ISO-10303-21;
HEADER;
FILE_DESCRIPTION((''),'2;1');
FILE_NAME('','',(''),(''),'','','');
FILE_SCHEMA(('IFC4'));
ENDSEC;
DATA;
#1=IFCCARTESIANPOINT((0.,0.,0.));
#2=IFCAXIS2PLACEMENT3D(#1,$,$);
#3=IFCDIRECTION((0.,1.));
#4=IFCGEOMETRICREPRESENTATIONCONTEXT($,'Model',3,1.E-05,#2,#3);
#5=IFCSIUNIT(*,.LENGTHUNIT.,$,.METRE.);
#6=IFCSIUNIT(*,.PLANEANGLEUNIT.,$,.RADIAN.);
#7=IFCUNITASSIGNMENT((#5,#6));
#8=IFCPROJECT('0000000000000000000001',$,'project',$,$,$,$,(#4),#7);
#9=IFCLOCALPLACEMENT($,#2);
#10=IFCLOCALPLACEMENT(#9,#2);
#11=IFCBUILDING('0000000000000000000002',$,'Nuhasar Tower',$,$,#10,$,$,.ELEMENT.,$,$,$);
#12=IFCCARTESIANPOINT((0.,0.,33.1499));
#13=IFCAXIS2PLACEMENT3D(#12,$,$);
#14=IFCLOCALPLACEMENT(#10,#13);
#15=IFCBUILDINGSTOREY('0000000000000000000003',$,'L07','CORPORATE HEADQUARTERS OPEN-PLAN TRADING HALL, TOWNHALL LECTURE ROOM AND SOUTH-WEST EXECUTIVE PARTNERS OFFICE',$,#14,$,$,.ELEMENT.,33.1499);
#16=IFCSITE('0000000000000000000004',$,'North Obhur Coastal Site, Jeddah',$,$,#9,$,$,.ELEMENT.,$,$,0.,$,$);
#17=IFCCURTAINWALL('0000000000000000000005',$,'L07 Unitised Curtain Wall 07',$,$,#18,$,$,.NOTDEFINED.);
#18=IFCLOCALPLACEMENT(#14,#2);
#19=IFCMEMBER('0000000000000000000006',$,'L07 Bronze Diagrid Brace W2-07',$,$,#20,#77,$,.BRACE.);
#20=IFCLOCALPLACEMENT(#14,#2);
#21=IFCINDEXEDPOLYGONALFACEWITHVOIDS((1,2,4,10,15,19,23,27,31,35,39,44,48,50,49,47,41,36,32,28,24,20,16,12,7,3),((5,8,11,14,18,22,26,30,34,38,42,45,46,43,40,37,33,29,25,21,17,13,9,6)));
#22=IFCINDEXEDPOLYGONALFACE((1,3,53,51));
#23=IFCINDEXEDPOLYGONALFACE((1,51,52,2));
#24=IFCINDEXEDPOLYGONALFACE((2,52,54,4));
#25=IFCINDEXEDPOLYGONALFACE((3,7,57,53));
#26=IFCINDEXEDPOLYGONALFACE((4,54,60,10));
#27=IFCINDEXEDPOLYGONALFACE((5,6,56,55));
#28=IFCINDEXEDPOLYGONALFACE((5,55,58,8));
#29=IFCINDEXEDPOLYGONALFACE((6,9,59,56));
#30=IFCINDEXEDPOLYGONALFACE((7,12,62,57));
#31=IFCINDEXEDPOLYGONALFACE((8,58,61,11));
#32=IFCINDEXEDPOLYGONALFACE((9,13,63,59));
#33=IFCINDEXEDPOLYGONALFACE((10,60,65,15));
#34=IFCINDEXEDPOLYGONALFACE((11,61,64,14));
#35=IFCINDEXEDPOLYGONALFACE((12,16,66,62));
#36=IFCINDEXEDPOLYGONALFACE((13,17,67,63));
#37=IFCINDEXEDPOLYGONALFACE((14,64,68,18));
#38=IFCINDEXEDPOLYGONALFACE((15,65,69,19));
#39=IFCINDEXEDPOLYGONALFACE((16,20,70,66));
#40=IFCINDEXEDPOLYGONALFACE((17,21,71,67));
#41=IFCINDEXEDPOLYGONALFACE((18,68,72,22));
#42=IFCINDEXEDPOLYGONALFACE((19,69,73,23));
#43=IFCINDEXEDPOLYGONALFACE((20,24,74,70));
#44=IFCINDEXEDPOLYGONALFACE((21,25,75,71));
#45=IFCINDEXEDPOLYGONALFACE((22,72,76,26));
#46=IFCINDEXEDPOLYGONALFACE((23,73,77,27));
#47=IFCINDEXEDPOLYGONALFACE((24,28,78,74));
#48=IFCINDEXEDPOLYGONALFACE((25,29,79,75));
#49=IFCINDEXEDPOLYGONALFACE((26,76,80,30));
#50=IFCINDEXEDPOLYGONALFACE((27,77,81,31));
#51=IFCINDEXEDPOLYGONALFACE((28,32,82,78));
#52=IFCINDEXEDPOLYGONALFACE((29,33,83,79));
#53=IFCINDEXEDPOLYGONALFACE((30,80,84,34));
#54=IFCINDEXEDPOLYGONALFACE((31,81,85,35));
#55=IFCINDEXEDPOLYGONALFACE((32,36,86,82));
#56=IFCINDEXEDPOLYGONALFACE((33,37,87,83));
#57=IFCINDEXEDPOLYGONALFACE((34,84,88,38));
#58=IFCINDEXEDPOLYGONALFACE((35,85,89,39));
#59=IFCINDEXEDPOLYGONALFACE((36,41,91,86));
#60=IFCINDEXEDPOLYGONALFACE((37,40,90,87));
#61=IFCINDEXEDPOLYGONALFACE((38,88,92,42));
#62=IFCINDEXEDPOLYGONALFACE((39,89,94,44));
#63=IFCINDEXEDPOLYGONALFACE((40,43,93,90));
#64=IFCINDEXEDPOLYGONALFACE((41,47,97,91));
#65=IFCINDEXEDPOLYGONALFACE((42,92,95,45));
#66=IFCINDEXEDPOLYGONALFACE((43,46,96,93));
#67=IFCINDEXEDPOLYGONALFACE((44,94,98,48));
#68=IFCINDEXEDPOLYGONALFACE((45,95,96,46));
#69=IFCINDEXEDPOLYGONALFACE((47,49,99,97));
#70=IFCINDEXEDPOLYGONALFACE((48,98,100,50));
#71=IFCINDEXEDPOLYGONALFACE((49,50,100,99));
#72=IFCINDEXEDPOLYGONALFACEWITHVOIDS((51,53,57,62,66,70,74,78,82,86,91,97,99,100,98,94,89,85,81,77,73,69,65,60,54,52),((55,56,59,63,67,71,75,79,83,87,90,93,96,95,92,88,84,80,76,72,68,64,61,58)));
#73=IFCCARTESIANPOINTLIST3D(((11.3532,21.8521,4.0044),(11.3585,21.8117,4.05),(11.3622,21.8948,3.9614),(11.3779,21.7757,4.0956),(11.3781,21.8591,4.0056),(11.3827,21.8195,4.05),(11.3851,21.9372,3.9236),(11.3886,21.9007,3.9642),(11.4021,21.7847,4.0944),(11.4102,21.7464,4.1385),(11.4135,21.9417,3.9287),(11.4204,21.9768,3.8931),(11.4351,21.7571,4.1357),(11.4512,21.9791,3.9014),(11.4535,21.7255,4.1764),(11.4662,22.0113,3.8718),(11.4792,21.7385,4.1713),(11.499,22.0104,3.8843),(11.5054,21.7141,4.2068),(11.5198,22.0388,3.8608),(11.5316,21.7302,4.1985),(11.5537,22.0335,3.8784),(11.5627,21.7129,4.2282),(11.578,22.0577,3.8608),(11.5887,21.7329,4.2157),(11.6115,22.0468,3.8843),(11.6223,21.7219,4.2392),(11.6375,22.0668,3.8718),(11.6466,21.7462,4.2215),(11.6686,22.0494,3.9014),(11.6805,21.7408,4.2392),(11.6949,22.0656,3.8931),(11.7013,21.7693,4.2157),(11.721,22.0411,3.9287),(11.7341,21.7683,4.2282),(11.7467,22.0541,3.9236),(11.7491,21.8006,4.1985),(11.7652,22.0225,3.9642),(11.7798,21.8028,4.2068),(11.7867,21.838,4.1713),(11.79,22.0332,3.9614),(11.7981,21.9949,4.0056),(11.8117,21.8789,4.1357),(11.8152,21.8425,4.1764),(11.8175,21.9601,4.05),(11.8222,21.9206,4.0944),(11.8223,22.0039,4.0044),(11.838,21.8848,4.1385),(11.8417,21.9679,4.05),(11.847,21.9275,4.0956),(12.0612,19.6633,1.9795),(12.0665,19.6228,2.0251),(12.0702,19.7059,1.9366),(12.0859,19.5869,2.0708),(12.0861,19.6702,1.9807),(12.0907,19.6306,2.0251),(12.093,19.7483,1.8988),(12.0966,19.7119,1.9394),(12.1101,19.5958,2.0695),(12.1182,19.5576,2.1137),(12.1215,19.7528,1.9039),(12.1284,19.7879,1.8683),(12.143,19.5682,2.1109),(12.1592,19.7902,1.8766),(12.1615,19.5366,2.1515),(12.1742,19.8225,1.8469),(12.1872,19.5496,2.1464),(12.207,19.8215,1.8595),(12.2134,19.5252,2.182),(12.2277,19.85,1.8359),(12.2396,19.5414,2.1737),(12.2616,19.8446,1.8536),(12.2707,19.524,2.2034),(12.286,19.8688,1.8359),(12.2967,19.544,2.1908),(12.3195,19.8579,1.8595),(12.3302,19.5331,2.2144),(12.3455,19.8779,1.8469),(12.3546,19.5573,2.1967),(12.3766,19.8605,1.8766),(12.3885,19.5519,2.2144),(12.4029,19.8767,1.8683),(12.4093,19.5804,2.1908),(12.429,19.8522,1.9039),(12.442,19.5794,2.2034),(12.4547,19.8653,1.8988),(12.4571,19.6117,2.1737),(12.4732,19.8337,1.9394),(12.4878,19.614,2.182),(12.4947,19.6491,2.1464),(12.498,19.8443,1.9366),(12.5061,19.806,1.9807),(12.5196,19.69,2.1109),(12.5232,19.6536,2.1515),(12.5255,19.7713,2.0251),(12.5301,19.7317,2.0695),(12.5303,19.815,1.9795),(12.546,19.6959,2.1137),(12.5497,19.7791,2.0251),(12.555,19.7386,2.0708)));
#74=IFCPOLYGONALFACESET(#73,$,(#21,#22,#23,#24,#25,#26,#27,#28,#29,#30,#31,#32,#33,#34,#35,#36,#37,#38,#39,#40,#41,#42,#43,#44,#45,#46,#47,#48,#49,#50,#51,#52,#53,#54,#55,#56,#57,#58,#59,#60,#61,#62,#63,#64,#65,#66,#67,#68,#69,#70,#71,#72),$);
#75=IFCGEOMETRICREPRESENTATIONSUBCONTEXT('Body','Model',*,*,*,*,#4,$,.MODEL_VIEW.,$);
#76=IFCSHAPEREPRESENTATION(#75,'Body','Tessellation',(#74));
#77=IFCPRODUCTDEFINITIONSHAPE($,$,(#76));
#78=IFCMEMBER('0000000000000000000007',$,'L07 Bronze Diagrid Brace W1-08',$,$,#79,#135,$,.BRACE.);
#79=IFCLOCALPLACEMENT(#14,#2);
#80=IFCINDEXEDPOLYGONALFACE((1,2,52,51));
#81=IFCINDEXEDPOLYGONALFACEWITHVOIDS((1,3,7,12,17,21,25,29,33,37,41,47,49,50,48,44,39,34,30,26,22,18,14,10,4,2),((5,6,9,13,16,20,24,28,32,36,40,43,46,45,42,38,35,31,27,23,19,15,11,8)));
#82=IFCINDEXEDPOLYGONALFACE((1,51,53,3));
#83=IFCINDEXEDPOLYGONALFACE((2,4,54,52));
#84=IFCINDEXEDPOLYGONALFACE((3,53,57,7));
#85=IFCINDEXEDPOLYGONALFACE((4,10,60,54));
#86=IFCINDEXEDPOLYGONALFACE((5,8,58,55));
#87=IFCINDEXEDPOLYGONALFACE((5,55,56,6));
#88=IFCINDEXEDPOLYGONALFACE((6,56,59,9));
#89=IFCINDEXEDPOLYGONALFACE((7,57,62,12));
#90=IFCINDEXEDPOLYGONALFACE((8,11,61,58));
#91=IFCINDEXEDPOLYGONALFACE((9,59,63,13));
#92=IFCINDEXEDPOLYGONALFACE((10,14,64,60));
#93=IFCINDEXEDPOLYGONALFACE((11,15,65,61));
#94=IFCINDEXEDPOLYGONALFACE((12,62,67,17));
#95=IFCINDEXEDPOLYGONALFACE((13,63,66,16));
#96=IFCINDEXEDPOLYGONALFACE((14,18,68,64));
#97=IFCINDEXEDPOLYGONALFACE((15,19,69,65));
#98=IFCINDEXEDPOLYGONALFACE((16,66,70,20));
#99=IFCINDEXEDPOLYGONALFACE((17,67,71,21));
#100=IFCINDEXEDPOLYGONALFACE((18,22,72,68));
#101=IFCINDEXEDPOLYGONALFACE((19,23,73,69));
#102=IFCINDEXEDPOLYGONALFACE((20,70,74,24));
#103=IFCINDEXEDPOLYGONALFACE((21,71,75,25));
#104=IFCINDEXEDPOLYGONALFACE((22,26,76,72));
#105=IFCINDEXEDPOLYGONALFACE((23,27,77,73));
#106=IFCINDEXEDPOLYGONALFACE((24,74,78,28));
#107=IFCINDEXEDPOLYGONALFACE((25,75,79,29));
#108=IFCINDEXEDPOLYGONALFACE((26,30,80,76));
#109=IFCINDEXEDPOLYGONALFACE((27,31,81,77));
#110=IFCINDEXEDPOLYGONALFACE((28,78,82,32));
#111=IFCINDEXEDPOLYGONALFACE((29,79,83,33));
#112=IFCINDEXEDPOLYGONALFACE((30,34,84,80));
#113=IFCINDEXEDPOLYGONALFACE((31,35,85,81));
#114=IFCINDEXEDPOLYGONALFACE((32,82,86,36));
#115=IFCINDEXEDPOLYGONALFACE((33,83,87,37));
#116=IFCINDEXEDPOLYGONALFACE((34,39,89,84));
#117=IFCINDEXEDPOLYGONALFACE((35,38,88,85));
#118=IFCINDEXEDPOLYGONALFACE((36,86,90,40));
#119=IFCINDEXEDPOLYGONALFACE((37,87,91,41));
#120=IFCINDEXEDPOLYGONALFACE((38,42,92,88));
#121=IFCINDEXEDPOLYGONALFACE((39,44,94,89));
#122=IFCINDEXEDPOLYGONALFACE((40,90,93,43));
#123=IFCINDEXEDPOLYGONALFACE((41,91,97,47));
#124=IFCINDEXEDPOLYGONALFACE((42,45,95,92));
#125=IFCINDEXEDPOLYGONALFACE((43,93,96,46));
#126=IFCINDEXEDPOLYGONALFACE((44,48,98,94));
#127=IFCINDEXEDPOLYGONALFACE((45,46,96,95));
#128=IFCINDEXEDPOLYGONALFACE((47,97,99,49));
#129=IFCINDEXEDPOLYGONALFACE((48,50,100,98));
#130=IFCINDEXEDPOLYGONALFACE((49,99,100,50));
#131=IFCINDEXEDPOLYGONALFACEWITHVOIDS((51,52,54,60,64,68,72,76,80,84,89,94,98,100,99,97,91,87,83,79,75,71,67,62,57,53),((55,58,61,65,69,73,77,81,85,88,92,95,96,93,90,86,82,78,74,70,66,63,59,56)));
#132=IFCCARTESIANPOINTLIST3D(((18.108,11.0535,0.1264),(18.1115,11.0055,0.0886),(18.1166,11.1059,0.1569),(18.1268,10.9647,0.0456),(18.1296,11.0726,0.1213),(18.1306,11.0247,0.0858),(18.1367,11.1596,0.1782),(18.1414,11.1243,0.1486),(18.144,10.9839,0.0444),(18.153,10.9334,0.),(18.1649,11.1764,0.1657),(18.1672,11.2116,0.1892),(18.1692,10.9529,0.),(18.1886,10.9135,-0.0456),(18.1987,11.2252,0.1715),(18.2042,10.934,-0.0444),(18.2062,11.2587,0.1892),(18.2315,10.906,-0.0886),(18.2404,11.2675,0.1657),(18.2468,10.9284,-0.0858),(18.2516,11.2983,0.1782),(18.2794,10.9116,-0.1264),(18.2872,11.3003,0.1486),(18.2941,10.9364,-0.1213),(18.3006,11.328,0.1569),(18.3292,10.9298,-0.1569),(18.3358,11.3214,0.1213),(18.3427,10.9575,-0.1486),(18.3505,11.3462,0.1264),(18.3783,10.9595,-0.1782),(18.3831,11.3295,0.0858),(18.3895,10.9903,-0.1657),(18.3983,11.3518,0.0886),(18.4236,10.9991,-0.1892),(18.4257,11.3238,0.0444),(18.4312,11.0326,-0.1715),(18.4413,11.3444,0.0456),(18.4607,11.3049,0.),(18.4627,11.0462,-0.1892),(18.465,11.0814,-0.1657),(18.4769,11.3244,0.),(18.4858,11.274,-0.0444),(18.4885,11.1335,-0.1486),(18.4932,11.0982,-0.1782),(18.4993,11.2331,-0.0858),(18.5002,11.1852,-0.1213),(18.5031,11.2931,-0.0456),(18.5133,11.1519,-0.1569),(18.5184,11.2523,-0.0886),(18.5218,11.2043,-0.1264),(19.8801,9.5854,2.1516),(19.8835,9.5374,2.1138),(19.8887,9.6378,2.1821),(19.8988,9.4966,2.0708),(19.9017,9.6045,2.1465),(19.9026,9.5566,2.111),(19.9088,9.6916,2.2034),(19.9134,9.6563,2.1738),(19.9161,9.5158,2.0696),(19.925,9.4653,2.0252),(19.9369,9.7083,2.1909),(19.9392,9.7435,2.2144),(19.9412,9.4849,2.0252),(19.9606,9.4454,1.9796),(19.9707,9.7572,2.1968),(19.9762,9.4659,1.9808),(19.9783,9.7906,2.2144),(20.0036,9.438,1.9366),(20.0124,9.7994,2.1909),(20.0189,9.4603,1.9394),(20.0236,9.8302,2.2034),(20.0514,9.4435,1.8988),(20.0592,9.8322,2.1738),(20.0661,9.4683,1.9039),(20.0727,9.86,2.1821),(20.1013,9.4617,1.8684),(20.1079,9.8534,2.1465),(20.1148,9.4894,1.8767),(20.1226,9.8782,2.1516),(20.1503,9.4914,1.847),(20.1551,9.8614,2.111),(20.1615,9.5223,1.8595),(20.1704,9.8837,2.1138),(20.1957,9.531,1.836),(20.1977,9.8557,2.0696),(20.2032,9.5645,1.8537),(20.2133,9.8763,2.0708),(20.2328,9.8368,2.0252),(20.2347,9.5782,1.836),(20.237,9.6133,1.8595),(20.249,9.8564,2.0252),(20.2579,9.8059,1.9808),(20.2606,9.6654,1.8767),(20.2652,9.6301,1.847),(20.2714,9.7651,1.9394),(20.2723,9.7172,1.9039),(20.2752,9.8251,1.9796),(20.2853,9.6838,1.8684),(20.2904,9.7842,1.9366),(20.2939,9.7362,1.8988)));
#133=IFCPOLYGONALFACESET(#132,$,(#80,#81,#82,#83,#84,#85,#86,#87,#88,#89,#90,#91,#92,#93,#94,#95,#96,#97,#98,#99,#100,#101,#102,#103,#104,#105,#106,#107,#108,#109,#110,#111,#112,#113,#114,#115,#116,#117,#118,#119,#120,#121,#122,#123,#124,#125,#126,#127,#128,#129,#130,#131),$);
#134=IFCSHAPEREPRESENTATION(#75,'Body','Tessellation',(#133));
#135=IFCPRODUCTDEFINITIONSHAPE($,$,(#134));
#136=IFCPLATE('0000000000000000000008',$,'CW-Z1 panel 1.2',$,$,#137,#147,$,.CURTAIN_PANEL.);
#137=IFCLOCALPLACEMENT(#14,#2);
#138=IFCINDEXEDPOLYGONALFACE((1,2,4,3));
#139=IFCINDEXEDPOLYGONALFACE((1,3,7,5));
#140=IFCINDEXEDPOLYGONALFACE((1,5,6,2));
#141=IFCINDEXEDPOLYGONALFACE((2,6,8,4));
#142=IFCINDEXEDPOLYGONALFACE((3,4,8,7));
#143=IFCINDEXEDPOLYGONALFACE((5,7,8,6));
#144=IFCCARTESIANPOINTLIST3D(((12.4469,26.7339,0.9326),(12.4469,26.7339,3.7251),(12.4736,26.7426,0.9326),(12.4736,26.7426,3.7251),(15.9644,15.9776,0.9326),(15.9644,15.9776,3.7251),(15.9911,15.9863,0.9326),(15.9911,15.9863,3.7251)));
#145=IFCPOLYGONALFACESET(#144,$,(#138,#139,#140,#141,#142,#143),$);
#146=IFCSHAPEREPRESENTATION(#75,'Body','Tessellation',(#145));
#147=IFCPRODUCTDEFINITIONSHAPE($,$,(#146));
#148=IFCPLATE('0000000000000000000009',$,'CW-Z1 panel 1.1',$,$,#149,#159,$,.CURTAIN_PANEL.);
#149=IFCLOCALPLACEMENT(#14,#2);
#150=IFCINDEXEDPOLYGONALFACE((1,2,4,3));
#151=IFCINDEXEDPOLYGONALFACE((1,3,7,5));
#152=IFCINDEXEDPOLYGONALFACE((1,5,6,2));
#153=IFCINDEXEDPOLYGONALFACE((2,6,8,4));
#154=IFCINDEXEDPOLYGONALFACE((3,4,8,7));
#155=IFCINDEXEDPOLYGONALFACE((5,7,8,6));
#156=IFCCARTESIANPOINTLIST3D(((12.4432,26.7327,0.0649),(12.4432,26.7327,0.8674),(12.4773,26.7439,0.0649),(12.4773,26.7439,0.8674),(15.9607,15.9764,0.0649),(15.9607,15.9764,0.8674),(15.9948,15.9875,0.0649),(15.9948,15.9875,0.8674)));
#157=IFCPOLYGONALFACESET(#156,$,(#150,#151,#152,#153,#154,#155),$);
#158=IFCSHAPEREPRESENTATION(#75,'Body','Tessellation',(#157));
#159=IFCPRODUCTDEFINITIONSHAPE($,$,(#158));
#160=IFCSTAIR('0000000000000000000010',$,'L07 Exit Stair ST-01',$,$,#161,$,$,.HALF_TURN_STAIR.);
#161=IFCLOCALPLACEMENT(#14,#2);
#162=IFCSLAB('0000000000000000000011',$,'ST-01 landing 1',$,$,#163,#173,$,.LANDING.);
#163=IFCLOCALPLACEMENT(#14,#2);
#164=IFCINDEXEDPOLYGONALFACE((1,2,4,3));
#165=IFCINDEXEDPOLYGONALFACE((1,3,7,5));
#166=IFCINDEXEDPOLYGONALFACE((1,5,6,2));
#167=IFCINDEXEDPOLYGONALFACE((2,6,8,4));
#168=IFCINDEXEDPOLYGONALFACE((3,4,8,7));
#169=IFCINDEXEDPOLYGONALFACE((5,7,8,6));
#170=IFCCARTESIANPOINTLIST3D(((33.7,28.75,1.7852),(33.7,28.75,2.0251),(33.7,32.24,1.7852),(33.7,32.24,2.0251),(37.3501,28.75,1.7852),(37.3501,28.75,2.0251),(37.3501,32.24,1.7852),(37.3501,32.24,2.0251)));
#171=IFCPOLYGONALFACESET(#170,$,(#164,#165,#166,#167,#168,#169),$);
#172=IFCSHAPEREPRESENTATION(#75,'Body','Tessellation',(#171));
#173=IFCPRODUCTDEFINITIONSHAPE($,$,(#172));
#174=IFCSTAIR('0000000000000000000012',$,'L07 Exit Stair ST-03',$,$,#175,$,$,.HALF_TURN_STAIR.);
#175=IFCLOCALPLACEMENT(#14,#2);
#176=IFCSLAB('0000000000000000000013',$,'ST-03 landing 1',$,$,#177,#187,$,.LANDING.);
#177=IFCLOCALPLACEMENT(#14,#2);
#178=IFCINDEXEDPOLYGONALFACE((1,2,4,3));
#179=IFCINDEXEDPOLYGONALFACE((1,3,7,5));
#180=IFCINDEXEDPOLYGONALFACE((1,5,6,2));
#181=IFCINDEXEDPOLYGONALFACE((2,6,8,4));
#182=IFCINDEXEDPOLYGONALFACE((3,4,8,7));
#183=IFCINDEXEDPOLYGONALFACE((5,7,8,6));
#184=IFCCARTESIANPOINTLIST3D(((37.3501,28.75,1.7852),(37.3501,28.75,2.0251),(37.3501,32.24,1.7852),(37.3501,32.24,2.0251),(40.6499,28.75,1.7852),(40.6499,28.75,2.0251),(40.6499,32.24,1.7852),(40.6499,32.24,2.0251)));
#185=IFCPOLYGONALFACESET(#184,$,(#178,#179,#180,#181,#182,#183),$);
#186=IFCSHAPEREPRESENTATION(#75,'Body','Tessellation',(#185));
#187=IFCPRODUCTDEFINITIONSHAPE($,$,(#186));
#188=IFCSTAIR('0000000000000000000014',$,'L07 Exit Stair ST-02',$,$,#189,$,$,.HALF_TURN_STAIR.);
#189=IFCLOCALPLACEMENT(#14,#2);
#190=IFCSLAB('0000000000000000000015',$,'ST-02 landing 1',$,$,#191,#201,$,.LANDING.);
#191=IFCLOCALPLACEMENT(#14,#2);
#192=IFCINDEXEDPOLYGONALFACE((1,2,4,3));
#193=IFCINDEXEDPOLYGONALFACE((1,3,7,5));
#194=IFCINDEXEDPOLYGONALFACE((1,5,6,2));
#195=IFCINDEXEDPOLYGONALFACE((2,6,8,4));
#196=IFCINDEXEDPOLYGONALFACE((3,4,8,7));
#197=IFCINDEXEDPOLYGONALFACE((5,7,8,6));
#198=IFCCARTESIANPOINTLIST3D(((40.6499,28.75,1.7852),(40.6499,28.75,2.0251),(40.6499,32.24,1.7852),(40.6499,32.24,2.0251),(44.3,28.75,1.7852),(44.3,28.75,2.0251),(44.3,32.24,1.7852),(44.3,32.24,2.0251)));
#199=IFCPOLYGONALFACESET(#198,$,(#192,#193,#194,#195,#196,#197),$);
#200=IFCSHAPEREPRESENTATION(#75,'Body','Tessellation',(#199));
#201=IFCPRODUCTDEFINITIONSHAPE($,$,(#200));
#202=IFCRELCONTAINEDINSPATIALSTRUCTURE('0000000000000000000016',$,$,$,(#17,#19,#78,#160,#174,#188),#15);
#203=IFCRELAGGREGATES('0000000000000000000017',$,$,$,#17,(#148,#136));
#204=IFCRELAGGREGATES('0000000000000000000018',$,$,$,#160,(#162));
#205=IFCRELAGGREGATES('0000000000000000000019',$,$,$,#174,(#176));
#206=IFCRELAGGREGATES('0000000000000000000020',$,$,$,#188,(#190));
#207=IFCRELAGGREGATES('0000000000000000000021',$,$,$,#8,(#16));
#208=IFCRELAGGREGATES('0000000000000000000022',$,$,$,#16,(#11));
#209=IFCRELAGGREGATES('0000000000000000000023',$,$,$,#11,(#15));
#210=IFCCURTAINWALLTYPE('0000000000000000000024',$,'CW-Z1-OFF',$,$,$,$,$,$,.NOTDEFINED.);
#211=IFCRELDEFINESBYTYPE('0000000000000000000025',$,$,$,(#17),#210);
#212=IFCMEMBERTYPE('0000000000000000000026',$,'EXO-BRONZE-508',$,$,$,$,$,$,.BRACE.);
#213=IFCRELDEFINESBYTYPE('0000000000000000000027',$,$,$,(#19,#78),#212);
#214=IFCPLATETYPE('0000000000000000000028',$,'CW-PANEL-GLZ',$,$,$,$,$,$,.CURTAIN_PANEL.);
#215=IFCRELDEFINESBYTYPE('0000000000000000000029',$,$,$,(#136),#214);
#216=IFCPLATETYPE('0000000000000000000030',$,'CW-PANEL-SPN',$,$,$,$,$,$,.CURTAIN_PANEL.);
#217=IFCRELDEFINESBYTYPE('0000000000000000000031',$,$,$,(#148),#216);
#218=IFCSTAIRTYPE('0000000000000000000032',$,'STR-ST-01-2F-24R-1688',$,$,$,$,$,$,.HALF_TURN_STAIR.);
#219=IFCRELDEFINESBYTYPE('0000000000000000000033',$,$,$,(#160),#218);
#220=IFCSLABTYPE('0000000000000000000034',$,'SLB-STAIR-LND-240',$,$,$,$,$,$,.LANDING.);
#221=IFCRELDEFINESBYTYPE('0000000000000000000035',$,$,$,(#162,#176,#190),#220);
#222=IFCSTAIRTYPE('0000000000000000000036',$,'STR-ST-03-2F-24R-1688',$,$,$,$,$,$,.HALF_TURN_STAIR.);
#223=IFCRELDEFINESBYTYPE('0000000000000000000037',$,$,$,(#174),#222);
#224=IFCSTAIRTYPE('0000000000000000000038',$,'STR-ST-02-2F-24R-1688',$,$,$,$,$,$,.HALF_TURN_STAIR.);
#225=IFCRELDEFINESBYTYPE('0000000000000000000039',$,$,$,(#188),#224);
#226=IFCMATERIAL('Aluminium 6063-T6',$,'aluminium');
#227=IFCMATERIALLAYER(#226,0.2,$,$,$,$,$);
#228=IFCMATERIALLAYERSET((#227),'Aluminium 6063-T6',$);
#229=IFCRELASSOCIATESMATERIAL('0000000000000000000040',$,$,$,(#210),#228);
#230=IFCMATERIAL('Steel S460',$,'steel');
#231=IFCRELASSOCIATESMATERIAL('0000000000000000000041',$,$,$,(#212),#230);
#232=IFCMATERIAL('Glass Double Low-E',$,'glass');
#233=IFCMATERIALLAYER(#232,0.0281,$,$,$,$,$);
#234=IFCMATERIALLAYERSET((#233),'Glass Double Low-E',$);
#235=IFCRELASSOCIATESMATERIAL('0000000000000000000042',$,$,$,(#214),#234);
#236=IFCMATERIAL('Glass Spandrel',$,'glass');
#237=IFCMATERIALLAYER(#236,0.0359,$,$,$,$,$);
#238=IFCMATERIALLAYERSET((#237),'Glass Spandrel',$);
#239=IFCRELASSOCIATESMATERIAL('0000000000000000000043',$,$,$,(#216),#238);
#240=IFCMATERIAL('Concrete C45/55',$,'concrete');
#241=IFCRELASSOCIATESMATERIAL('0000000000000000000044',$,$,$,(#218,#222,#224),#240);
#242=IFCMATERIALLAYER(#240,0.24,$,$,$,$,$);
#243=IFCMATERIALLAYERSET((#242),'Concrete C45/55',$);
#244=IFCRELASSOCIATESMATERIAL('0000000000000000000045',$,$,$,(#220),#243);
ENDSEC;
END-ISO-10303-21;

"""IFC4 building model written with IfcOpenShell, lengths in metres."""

from ifc_helpers import new_model, si_unit, direction, frame, origin, origin_2d, place, context, subcontext, project, spatial, polyline, rectangle, hollow_circle, outline, extrude, material, layer, layer_set, material_profile, profile_set, type_object, element, aggregate, save


model = new_model("IFC4")

# Units and contexts
model_context = context("Model", 3, precision=1e-05, world=origin(), true_north=direction((0.0, 1.0)))
body_context = subcontext(model_context, "Body", "Model", "MODEL_VIEW")
ifc_project = project(units=[si_unit("LENGTHUNIT", "METRE"), si_unit("PLANEANGLEUNIT", "RADIAN")], contexts=[model_context])

# Site, building, storey
site_placement = place(None, origin())
site = spatial("IfcSite", under=ifc_project, at=site_placement, Name="North Obhur Coastal Site, Jeddah", CompositionType="ELEMENT", RefElevation=0.0)
building_placement = place(site_placement, origin())
building = spatial("IfcBuilding", under=site, at=building_placement, Name="Nuhasar Tower", CompositionType="ELEMENT")
storey_placement = place(building_placement, frame((0.0, 0.0, 33.1499)))
storey = spatial("IfcBuildingStorey", under=building, at=storey_placement, Name="L07", Description="CORPORATE HEADQUARTERS OPEN-PLAN TRADING HALL, TOWNHALL LECTURE ROOM AND SOUTH-WEST EXECUTIVE PARTNERS OFFICE", CompositionType="ELEMENT", Elevation=33.1499)

# Curtain wall
ifc_material_1 = material(Name="Aluminium 6063-T6", Category="aluminium")
ifc_layer_1 = layer(ifc_material_1, 0.2)
ifc_layer_set_1 = layer_set([ifc_layer_1], Name="Aluminium 6063-T6")
curtain_wall_type = type_object("IfcCurtainWallType", Name="CW-Z1-OFF", PredefinedType="NOTDEFINED", material=ifc_layer_set_1)
curtain_wall_1_placement = place(storey_placement, origin())
curtain_wall_1 = element("IfcCurtainWall", 1, at=curtain_wall_1_placement, inside=storey, type_object=curtain_wall_type, Name="L07 Unitised Curtain Wall 07", PredefinedType="NOTDEFINED")

# Members
ifc_material_2 = material(Name="Steel S460", Category="steel")
ifc_material_profile_1 = material_profile(ifc_material_2, hollow_circle(Radius=0.2539, WallThickness=0.0254, at=origin_2d()), Name="HSS508X25.4")
ifc_profile_set_1 = profile_set([ifc_material_profile_1], Name="Steel S460")
member_type_1 = type_object("IfcMemberType", Name="EXO-BRONZE-508", PredefinedType="BRACE", material=ifc_profile_set_1)
member_1_placement = place(storey_placement, frame((12.3081, 19.7009, 2.0251), z_axis=(-0.231012, 0.714225, 0.660694), x_axis=(-0.951468, -0.307747, 0.0)))
element("IfcMember", 2, at=member_1_placement, inside=storey, type_object=member_type_1, Name="L07 Bronze Diagrid Brace W2-07", PredefinedType="BRACE", context=body_context, shape_type="SweptSolid", body=[
    extrude(hollow_circle(Radius=0.2539, WallThickness=0.0254, at=origin_2d()), origin(), (0.0, 0.0, 1.0), 3.0647),
])
member_2_placement = place(storey_placement, frame((18.3149, 11.1289, 0.0), z_axis=(0.578071, -0.478912, 0.660664), x_axis=(0.637969, 0.770062, 0.0)))
element("IfcMember", 3, at=member_2_placement, inside=storey, type_object=member_type_1, Name="L07 Bronze Diagrid Brace W1-08", PredefinedType="BRACE", context=body_context, shape_type="SweptSolid", body=[
    extrude(hollow_circle(Radius=0.2539, WallThickness=0.0254, at=origin_2d()), origin(), (0.0, 0.0, 1.0), 3.0654),
])

# Plates
ifc_material_3 = material(Name="Glass Double Low-E", Category="glass")
ifc_layer_2 = layer(ifc_material_3, 0.0281)
ifc_layer_set_2 = layer_set([ifc_layer_2], Name="Glass Double Low-E")
plate_type_1 = type_object("IfcPlateType", Name="CW-PANEL-GLZ", PredefinedType="CURTAIN_PANEL", material=ifc_layer_set_2)
plate_1_placement = place(storey_placement, frame((14.219, 21.3601, 0.9326), z_axis=(0.0, 0.0, 1.0), x_axis=(0.310824, -0.950468, 0.0)))
plate_1 = element("IfcPlate", 4, at=plate_1_placement, type_object=plate_type_1, Name="CW-Z1 panel 1.2", PredefinedType="CURTAIN_PANEL", context=body_context, shape_type="SweptSolid", body=[
    extrude(rectangle(XDim=11.3169, YDim=0.0281, at=origin_2d()), origin(), (0.0, 0.0, 1.0), 2.7925),
])
ifc_material_4 = material(Name="Glass Spandrel", Category="glass")
ifc_layer_3 = layer(ifc_material_4, 0.0359)
ifc_layer_set_3 = layer_set([ifc_layer_3], Name="Glass Spandrel")
plate_type_2 = type_object("IfcPlateType", Name="CW-PANEL-SPN", PredefinedType="CURTAIN_PANEL", material=ifc_layer_set_3)
plate_2_placement = place(storey_placement, frame((14.219, 21.3601, 0.0649), z_axis=(0.0, 0.0, 1.0), x_axis=(0.310824, -0.950468, 0.0)))
plate_2 = element("IfcPlate", 5, at=plate_2_placement, type_object=plate_type_2, Name="CW-Z1 panel 1.1", PredefinedType="CURTAIN_PANEL", context=body_context, shape_type="SweptSolid", body=[
    extrude(rectangle(XDim=11.3169, YDim=0.0359, at=origin_2d()), origin(), (0.0, 0.0, 1.0), 0.8025),
])
aggregate(curtain_wall_1, [plate_2, plate_1])

# Stairs, slabs
ifc_material_5 = material(Name="Concrete C45/55", Category="concrete")
stair_type_1 = type_object("IfcStairType", Name="STR-ST-01-2F-24R-1688", PredefinedType="HALF_TURN_STAIR", material=ifc_material_5)
stair_1_placement = place(storey_placement, origin())
stair_1 = element("IfcStair", 6, at=stair_1_placement, inside=storey, type_object=stair_type_1, Name="L07 Exit Stair ST-01", PredefinedType="HALF_TURN_STAIR")
ifc_layer_4 = layer(ifc_material_5, 0.24)
ifc_layer_set_4 = layer_set([ifc_layer_4], Name="Concrete C45/55")
slab_type_1 = type_object("IfcSlabType", Name="SLB-STAIR-LND-240", PredefinedType="LANDING", material=ifc_layer_set_4)
slab_1_placement = place(storey_placement, frame((0.0, 0.0, 1.7852)))
slab_1 = element("IfcSlab", 7, at=slab_1_placement, type_object=slab_type_1, Name="ST-01 landing 1", PredefinedType="LANDING", context=body_context, shape_type="SweptSolid", body=[
    extrude(outline(polyline([(33.7, 28.75), (37.3501, 28.75), (37.3501, 32.24), (33.7, 32.24), (33.7, 28.75)])), origin(), (0.0, 0.0, 1.0), 0.24),
])
aggregate(stair_1, [slab_1])
stair_type_2 = type_object("IfcStairType", Name="STR-ST-03-2F-24R-1688", PredefinedType="HALF_TURN_STAIR", material=ifc_material_5)
stair_2_placement = place(storey_placement, origin())
stair_2 = element("IfcStair", 8, at=stair_2_placement, inside=storey, type_object=stair_type_2, Name="L07 Exit Stair ST-03", PredefinedType="HALF_TURN_STAIR")
slab_2_placement = place(storey_placement, frame((0.0, 0.0, 1.7852)))
slab_2 = element("IfcSlab", 9, at=slab_2_placement, type_object=slab_type_1, Name="ST-03 landing 1", PredefinedType="LANDING", context=body_context, shape_type="SweptSolid", body=[
    extrude(outline(polyline([(37.3501, 28.75), (40.6499, 28.75), (40.6499, 32.24), (37.3501, 32.24), (37.3501, 28.75)])), origin(), (0.0, 0.0, 1.0), 0.24),
])
aggregate(stair_2, [slab_2])
stair_type_3 = type_object("IfcStairType", Name="STR-ST-02-2F-24R-1688", PredefinedType="HALF_TURN_STAIR", material=ifc_material_5)
stair_3_placement = place(storey_placement, origin())
stair_3 = element("IfcStair", 10, at=stair_3_placement, inside=storey, type_object=stair_type_3, Name="L07 Exit Stair ST-02", PredefinedType="HALF_TURN_STAIR")
slab_3_placement = place(storey_placement, frame((0.0, 0.0, 1.7852)))
slab_3 = element("IfcSlab", 11, at=slab_3_placement, type_object=slab_type_1, Name="ST-02 landing 1", PredefinedType="LANDING", context=body_context, shape_type="SweptSolid", body=[
    extrude(outline(polyline([(40.6499, 28.75), (44.3, 28.75), (44.3, 32.24), (40.6499, 32.24), (40.6499, 28.75)])), origin(), (0.0, 0.0, 1.0), 0.24),
])
aggregate(stair_3, [slab_3])

save(model, "model.ifc")
